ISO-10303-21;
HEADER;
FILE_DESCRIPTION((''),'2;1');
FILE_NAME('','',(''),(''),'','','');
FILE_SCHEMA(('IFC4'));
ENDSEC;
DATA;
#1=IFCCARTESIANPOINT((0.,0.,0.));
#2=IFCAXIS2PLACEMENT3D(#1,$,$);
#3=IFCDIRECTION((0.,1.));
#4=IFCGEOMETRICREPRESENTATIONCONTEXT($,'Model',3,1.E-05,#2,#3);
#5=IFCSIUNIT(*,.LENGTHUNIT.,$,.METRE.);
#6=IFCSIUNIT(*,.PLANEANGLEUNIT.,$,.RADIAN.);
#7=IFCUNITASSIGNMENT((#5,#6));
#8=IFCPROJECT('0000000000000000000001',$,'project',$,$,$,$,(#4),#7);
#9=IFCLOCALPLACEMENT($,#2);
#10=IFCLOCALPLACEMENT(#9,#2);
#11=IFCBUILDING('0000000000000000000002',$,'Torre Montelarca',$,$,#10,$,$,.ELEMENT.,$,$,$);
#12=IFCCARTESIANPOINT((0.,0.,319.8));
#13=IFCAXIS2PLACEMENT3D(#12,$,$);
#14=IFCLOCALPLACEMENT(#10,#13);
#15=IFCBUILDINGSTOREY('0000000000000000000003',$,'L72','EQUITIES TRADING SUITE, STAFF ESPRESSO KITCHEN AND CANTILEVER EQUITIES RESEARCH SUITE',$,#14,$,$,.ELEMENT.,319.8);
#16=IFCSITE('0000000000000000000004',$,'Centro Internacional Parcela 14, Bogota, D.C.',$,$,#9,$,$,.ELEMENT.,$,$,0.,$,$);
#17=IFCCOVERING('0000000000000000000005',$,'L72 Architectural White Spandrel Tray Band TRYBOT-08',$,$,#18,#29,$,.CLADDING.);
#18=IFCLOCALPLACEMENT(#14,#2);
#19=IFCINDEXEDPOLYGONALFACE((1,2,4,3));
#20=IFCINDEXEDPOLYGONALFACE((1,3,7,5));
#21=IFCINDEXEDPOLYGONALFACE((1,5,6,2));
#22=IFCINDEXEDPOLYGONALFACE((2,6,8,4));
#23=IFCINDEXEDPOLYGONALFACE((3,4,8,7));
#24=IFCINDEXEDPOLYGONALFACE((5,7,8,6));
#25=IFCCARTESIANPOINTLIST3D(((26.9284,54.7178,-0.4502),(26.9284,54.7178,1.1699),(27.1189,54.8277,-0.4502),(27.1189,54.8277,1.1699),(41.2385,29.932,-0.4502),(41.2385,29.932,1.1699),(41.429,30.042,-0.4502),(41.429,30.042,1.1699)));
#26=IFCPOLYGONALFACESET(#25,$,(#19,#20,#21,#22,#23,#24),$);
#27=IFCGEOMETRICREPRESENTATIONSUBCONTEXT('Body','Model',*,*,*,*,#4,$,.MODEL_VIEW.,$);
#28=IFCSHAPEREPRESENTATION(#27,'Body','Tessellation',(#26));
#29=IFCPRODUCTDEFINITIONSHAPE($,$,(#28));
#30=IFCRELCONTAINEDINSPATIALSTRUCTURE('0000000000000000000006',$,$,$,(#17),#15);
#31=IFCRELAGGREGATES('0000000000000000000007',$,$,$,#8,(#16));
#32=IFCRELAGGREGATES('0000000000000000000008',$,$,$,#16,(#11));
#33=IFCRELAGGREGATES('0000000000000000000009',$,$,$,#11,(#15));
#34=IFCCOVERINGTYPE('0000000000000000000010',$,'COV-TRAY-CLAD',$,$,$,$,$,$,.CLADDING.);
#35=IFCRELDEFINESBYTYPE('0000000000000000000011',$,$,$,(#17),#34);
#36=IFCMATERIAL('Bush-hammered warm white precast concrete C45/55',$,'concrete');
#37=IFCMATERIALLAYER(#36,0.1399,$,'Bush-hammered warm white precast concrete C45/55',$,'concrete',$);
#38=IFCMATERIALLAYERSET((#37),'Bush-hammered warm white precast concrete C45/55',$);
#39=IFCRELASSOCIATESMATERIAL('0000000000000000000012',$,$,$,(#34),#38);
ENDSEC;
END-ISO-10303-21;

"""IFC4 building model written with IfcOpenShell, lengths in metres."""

from ifc_helpers import new_model, si_unit, direction, frame, origin, origin_2d, place, context, subcontext, project, spatial, rectangle, extrude, source, transform, mapped, material, layer, layer_set, type_object, element, save


model = new_model("IFC4")

# Units and contexts
model_context = context("Model", 3, precision=1e-05, world=origin(), true_north=direction((0.0, 1.0)))
body_context = subcontext(model_context, "Body", "Model", "MODEL_VIEW")
ifc_project = project(units=[si_unit("LENGTHUNIT", "METRE"), si_unit("PLANEANGLEUNIT", "RADIAN")], contexts=[model_context])

# Site, building, storey
site_placement = place(None, origin())
site = spatial("IfcSite", under=ifc_project, at=site_placement, Name="Centro Internacional Parcela 14, Bogota, D.C.", CompositionType="ELEMENT", RefElevation=0.0)
building_placement = place(site_placement, origin())
building = spatial("IfcBuilding", under=site, at=building_placement, Name="Torre Montelarca", CompositionType="ELEMENT")
storey_placement = place(building_placement, frame((0.0, 0.0, 319.8)))
storey = spatial("IfcBuildingStorey", under=building, at=storey_placement, Name="L72", Description="EQUITIES TRADING SUITE, STAFF ESPRESSO KITCHEN AND CANTILEVER EQUITIES RESEARCH SUITE", CompositionType="ELEMENT", Elevation=319.8)

# Covering
ifc_material_1 = material(Name="Bush-hammered warm white precast concrete C45/55", Category="concrete")
ifc_layer_1 = layer(ifc_material_1, 0.1399, Name="Bush-hammered warm white precast concrete C45/55", Category="concrete")
ifc_layer_set_1 = layer_set([ifc_layer_1], Name="Bush-hammered warm white precast concrete C45/55")
covering_type = type_object("IfcCoveringType", Name="COV-TRAY-CLAD", PredefinedType="CLADDING", material=ifc_layer_set_1)
shared_shape_1 = source(origin(), body_context, "Body", "SweptSolid", [
    extrude(rectangle(XDim=28.6201, YDim=0.22, at=origin_2d()), origin(), (0.0, 0.0, 1.0), 1.6201),
])
covering_placement = place(storey_placement, frame((34.1787, 42.3799, -0.4502), z_axis=(0.0, 0.0, 1.0), x_axis=(-0.5, 0.866025, 0.0)))
element("IfcCovering", 1, at=covering_placement, inside=storey, type_object=covering_type, Name="L72 Architectural White Spandrel Tray Band TRYBOT-08", PredefinedType="CLADDING", context=body_context, shape_type="MappedRepresentation", body=[
    mapped(shared_shape_1, transform((0.0, 0.0, 0.0), scale=1.0)),
])

save(model, "model.ifc")
